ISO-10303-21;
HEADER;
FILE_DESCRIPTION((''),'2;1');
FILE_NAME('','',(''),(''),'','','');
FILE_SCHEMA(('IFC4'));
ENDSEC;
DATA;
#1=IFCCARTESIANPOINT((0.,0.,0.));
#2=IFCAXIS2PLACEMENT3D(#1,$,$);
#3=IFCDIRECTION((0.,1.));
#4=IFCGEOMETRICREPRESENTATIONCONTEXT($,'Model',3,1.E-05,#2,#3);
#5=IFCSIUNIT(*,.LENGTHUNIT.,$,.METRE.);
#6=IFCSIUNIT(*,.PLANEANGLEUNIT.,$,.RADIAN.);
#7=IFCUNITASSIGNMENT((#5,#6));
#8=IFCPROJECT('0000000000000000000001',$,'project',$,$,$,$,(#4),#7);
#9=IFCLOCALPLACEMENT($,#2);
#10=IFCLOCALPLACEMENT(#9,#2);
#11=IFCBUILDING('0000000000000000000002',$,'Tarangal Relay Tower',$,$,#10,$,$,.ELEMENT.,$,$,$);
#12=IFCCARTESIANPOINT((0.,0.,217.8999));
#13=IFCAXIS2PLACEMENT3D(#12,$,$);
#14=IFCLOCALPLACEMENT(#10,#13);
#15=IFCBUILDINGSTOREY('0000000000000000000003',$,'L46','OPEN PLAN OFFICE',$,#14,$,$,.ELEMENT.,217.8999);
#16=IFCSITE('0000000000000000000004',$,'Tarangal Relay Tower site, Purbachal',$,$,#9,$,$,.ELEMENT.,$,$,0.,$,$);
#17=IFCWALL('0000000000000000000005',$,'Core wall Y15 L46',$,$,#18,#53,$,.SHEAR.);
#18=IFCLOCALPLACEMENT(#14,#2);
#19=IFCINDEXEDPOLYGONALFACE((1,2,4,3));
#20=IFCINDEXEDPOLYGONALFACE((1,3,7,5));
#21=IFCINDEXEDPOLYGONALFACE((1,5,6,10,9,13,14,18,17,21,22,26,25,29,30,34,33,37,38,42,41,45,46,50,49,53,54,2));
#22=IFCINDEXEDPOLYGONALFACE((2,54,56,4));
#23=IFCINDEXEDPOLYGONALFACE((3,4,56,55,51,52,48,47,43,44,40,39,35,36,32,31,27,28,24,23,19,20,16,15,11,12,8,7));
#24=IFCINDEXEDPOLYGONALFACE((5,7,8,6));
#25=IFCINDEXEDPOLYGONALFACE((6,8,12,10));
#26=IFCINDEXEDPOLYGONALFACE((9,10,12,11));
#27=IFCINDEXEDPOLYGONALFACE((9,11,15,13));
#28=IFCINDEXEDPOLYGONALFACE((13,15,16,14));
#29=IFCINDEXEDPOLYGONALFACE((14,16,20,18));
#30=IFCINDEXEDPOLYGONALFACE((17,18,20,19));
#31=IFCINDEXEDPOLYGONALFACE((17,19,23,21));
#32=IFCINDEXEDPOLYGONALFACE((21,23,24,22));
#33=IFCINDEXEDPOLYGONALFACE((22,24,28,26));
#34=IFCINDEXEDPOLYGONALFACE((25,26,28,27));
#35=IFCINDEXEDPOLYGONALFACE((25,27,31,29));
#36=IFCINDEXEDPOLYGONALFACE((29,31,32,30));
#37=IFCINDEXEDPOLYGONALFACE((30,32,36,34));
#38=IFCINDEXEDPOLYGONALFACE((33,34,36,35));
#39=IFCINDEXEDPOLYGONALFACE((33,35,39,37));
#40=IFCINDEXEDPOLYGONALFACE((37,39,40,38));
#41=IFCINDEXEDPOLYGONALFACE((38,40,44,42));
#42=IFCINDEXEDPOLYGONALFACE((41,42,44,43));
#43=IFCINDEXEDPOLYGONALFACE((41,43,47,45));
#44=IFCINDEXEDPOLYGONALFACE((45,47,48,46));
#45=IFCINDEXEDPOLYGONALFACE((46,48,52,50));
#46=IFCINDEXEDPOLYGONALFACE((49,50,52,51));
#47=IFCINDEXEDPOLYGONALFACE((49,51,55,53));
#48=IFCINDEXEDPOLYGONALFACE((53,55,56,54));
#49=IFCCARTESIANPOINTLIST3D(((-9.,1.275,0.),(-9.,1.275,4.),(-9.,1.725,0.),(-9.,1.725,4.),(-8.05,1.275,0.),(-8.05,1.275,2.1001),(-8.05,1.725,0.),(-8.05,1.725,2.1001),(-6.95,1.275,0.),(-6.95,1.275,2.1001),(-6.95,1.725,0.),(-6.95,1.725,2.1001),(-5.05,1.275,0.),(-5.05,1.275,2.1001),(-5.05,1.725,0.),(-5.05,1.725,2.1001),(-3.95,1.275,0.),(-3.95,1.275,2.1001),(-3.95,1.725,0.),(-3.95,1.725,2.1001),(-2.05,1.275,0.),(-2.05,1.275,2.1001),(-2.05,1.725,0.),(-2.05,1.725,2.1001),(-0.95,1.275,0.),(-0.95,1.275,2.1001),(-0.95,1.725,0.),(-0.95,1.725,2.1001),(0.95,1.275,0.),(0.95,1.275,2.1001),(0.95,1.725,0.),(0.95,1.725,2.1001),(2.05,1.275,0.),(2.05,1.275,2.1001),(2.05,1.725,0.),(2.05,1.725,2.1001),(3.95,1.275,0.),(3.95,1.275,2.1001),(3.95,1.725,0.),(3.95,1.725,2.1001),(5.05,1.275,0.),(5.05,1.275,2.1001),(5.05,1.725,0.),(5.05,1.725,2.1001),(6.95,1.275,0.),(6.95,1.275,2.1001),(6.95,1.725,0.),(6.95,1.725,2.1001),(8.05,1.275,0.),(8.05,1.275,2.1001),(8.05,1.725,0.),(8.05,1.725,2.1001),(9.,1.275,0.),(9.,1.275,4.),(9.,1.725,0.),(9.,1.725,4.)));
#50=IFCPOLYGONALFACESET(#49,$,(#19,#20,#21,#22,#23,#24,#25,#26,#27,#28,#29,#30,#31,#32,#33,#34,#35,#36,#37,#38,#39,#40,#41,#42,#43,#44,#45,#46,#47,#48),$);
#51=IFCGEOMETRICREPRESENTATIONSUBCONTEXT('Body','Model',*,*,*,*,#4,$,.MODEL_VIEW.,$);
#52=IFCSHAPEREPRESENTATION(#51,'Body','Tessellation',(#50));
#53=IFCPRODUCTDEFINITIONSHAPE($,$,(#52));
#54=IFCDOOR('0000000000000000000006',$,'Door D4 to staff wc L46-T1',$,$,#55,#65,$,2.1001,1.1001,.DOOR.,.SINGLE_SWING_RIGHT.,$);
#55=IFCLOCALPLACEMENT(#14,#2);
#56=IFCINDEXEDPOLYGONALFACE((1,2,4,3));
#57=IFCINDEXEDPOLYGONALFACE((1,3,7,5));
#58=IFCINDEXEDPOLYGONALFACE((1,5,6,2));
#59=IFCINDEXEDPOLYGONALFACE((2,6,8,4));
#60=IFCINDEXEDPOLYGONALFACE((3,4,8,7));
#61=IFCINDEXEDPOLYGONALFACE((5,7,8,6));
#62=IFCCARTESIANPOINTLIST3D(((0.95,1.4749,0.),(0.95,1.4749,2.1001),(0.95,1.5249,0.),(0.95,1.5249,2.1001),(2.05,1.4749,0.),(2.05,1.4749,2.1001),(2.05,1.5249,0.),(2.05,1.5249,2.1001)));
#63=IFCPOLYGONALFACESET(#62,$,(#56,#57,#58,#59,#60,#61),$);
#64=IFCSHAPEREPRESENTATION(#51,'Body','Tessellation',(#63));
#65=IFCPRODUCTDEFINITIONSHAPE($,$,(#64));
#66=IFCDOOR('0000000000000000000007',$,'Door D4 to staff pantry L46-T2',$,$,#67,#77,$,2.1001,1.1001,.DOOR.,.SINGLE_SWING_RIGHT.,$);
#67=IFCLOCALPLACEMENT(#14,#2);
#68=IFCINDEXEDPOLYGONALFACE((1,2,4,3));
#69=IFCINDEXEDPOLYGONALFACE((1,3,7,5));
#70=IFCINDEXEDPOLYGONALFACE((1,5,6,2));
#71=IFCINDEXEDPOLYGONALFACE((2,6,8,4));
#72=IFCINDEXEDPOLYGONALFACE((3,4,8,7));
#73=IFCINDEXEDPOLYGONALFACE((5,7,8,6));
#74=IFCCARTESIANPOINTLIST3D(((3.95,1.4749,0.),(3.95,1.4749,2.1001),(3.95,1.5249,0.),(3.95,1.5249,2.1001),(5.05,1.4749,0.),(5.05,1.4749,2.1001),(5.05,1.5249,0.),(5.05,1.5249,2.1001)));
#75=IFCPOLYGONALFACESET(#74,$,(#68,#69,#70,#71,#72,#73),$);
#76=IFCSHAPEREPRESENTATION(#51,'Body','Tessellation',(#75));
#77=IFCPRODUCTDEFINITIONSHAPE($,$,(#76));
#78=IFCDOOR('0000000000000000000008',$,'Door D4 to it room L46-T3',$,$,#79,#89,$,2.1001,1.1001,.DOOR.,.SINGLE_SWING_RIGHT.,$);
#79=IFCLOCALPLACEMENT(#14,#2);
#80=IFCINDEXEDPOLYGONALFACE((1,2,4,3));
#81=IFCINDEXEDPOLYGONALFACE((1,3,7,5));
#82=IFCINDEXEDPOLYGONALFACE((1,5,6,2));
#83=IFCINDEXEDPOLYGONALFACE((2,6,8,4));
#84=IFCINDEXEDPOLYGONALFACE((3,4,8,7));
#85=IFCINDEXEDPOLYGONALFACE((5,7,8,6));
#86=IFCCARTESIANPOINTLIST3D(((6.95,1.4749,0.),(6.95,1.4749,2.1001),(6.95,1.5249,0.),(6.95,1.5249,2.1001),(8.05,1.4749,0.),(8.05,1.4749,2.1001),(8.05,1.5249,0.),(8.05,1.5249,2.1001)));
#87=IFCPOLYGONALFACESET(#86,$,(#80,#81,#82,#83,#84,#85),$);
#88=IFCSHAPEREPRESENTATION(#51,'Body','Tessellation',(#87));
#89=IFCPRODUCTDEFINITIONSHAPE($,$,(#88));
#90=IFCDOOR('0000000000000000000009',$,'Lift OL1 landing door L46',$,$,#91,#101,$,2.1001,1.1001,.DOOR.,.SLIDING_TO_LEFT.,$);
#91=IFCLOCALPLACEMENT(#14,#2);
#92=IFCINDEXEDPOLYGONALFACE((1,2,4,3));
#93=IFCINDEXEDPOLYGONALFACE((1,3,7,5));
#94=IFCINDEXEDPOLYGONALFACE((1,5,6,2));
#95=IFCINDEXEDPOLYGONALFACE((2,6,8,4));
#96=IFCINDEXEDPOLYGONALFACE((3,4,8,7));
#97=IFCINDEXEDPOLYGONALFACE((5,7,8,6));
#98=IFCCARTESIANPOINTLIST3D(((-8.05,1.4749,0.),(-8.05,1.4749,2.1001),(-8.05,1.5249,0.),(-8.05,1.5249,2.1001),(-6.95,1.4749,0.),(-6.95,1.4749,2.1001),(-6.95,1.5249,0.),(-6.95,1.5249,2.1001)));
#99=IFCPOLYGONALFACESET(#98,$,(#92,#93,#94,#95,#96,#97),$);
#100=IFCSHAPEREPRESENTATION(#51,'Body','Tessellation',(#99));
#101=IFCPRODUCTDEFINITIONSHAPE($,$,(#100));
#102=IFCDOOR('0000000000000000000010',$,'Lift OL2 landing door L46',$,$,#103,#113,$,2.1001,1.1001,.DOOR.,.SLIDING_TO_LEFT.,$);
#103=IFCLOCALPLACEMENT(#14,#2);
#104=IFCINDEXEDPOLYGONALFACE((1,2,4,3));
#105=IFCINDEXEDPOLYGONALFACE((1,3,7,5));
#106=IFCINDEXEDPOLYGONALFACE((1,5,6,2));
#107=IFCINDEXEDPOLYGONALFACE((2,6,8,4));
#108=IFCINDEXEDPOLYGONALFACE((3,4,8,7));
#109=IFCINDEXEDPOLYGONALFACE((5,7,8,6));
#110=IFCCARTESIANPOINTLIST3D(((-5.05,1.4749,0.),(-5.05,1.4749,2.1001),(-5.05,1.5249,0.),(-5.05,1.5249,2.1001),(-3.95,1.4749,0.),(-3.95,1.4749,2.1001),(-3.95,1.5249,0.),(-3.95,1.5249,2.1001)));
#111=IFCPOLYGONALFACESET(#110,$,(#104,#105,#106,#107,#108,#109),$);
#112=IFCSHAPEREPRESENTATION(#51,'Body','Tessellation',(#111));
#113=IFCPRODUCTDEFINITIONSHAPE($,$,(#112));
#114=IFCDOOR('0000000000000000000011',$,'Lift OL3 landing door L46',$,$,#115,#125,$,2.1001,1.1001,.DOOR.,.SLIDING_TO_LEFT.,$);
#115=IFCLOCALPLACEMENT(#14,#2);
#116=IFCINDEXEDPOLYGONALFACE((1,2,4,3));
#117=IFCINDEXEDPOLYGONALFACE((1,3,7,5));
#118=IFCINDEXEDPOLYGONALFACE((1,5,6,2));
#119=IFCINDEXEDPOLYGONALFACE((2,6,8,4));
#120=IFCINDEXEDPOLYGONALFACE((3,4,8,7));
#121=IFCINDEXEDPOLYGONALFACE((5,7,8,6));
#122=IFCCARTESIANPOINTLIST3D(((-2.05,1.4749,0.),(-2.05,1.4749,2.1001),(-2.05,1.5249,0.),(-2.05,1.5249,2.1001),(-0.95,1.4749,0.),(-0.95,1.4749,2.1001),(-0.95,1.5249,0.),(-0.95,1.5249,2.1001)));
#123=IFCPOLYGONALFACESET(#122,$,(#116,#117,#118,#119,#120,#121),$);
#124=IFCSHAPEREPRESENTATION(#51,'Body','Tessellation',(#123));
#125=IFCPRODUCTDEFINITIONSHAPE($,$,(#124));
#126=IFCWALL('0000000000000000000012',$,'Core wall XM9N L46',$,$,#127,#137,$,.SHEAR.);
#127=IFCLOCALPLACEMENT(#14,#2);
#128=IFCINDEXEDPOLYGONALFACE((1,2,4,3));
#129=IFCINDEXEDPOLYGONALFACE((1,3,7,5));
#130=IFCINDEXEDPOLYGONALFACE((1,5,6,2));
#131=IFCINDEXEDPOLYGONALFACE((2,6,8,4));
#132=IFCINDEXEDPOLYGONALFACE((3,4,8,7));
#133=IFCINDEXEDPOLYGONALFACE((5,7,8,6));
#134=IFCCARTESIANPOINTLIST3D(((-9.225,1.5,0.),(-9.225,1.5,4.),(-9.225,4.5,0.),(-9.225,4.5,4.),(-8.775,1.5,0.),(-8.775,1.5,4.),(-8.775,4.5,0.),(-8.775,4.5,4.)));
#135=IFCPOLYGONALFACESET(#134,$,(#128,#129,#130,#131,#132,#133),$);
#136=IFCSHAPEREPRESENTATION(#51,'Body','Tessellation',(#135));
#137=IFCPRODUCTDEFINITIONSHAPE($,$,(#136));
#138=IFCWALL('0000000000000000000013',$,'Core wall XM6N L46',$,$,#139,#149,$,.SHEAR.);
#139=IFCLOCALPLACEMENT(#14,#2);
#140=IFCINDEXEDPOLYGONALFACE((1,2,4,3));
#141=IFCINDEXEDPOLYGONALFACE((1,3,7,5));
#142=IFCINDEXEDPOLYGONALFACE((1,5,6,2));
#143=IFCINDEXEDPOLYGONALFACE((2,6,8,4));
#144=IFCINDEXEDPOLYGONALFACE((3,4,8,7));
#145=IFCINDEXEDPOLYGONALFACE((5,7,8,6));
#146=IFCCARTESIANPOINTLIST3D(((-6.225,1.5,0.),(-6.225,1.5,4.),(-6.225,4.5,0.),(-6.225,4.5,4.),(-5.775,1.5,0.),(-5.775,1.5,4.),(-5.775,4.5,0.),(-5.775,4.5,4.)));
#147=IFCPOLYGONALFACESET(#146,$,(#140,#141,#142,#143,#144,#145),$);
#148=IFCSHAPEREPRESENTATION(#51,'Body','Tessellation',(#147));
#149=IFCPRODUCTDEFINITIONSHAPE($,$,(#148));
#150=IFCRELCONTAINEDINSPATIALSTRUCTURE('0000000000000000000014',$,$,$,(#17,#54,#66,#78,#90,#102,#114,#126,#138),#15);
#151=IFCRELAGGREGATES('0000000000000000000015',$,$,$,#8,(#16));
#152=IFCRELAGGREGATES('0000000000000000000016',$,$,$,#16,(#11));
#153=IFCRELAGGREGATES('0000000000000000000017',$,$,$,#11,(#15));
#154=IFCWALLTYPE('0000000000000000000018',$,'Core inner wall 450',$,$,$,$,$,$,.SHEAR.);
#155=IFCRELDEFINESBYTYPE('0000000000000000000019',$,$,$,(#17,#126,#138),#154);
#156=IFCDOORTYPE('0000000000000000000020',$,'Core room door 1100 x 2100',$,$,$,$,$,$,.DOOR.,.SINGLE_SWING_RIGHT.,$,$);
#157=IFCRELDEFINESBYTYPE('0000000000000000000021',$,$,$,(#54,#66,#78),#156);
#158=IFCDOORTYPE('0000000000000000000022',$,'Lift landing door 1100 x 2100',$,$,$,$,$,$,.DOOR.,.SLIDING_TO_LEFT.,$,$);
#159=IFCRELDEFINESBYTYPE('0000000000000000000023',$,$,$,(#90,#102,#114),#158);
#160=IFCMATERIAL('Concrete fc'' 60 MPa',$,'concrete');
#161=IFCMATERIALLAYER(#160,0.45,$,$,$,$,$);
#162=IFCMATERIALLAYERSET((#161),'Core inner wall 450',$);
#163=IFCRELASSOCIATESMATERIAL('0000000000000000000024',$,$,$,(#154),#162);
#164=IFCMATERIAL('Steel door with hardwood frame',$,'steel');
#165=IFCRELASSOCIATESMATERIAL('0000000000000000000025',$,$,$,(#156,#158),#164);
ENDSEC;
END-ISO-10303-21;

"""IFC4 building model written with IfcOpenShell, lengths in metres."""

from ifc_helpers import new_model, si_unit, direction, frame, frame_2d, origin, place, context, subcontext, project, spatial, rectangle, extrude, material, layer, layer_set, type_object, element, fill, save


model = new_model("IFC4")

# Units and contexts
model_context = context("Model", 3, precision=1e-05, world=origin(), true_north=direction((0.0, 1.0)))
body_context = subcontext(model_context, "Body", "Model", "MODEL_VIEW")
ifc_project = project(units=[si_unit("LENGTHUNIT", "METRE"), si_unit("PLANEANGLEUNIT", "RADIAN")], contexts=[model_context])

# Site, building, storey
site_placement = place(None, origin())
site = spatial("IfcSite", under=ifc_project, at=site_placement, Name="Tarangal Relay Tower site, Purbachal", CompositionType="ELEMENT", RefElevation=0.0)
building_placement = place(site_placement, origin())
building = spatial("IfcBuilding", under=site, at=building_placement, Name="Tarangal Relay Tower", CompositionType="ELEMENT")
storey_placement = place(building_placement, frame((0.0, 0.0, 217.8999)))
storey = spatial("IfcBuildingStorey", under=building, at=storey_placement, Name="L46", Description="OPEN PLAN OFFICE", CompositionType="ELEMENT", Elevation=217.8999)

# Wall, openings, doors
ifc_material_1 = material(Name="Concrete fc' 60 MPa", Category="concrete")
ifc_layer = layer(ifc_material_1, 0.45)
ifc_layer_set = layer_set([ifc_layer], Name="Core inner wall 450")
wall_type = type_object("IfcWallType", Name="Core inner wall 450", PredefinedType="SHEAR", material=ifc_layer_set)
ifc_material_2 = material(Name="Steel door with hardwood frame", Category="steel")
wall_1_placement = place(storey_placement, frame((-9.0, 1.5, 0.0), z_axis=(0.0, 0.0, 1.0), x_axis=(1.0, 0.0, 0.0)))
wall_1 = element("IfcWall", 1, at=wall_1_placement, inside=storey, type_object=wall_type, Name="Core wall Y15 L46", PredefinedType="SHEAR", context=body_context, shape_type="SweptSolid", body=[
    extrude(rectangle(XDim=18.0, YDim=0.45, at=frame_2d((9.0, 0.0))), origin(), (0.0, 0.0, 1.0), 4.0),
])
opening_1_placement = place(wall_1_placement, frame((0.95, 0.0, 0.0)))
opening_1 = element("IfcOpeningElement", 2, at=opening_1_placement, cuts=wall_1, PredefinedType="OPENING", context=body_context, shape_type="SweptSolid", body=[
    extrude(rectangle(XDim=1.1001, YDim=2.1001, at=frame_2d((0.55, 1.05))), frame((0.0, 0.2349, 0.0), z_axis=(0.0, -1.0, 0.0), x_axis=(1.0, 0.0, 0.0)), (0.0, 0.0, 1.0), 0.47),
])
opening_2_placement = place(wall_1_placement, frame((3.95, 0.0, 0.0)))
opening_2 = element("IfcOpeningElement", 3, at=opening_2_placement, cuts=wall_1, PredefinedType="OPENING", context=body_context, shape_type="SweptSolid", body=[
    extrude(rectangle(XDim=1.1001, YDim=2.1001, at=frame_2d((0.55, 1.05))), frame((0.0, 0.2349, 0.0), z_axis=(0.0, -1.0, 0.0), x_axis=(1.0, 0.0, 0.0)), (0.0, 0.0, 1.0), 0.47),
])
opening_3_placement = place(wall_1_placement, frame((6.95, 0.0, 0.0)))
opening_3 = element("IfcOpeningElement", 4, at=opening_3_placement, cuts=wall_1, PredefinedType="OPENING", context=body_context, shape_type="SweptSolid", body=[
    extrude(rectangle(XDim=1.1001, YDim=2.1001, at=frame_2d((0.55, 1.05))), frame((0.0, 0.2349, 0.0), z_axis=(0.0, -1.0, 0.0), x_axis=(1.0, 0.0, 0.0)), (0.0, 0.0, 1.0), 0.47),
])
opening_4_placement = place(wall_1_placement, frame((9.95, 0.0, 0.0)))
opening_4 = element("IfcOpeningElement", 5, at=opening_4_placement, cuts=wall_1, PredefinedType="OPENING", context=body_context, shape_type="SweptSolid", body=[
    extrude(rectangle(XDim=1.1001, YDim=2.1001, at=frame_2d((0.55, 1.05))), frame((0.0, 0.2349, 0.0), z_axis=(0.0, -1.0, 0.0), x_axis=(1.0, 0.0, 0.0)), (0.0, 0.0, 1.0), 0.47),
])
opening_5_placement = place(wall_1_placement, frame((12.95, 0.0, 0.0)))
opening_5 = element("IfcOpeningElement", 6, at=opening_5_placement, cuts=wall_1, PredefinedType="OPENING", context=body_context, shape_type="SweptSolid", body=[
    extrude(rectangle(XDim=1.1001, YDim=2.1001, at=frame_2d((0.55, 1.05))), frame((0.0, 0.2349, 0.0), z_axis=(0.0, -1.0, 0.0), x_axis=(1.0, 0.0, 0.0)), (0.0, 0.0, 1.0), 0.47),
])
opening_6_placement = place(wall_1_placement, frame((15.95, 0.0, 0.0)))
opening_6 = element("IfcOpeningElement", 7, at=opening_6_placement, cuts=wall_1, PredefinedType="OPENING", context=body_context, shape_type="SweptSolid", body=[
    extrude(rectangle(XDim=1.1001, YDim=2.1001, at=frame_2d((0.55, 1.05))), frame((0.0, 0.2349, 0.0), z_axis=(0.0, -1.0, 0.0), x_axis=(1.0, 0.0, 0.0)), (0.0, 0.0, 1.0), 0.47),
])
door_type_1 = type_object("IfcDoorType", Name="Core room door 1100 x 2100", OperationType="SINGLE_SWING_RIGHT", PredefinedType="DOOR", material=ifc_material_2)
door_1_placement = place(opening_4_placement, origin())
door_1 = element("IfcDoor", 8, at=door_1_placement, inside=storey, type_object=door_type_1, Name="Door D4 to staff wc L46-T1", OperationType="SINGLE_SWING_RIGHT", OverallHeight=2.1001, OverallWidth=1.1001, PredefinedType="DOOR", context=body_context, shape_type="SweptSolid", body=[
    extrude(rectangle(XDim=1.1001, YDim=2.1001, at=frame_2d((0.55, 1.05))), frame((0.0, 0.0249, 0.0), z_axis=(0.0, -1.0, 0.0), x_axis=(1.0, 0.0, 0.0)), (0.0, 0.0, 1.0), 0.05),
])
fill(opening_4, door_1)
door_2_placement = place(opening_5_placement, origin())
door_2 = element("IfcDoor", 9, at=door_2_placement, inside=storey, type_object=door_type_1, Name="Door D4 to staff pantry L46-T2", OperationType="SINGLE_SWING_RIGHT", OverallHeight=2.1001, OverallWidth=1.1001, PredefinedType="DOOR", context=body_context, shape_type="SweptSolid", body=[
    extrude(rectangle(XDim=1.1001, YDim=2.1001, at=frame_2d((0.55, 1.05))), frame((0.0, 0.0249, 0.0), z_axis=(0.0, -1.0, 0.0), x_axis=(1.0, 0.0, 0.0)), (0.0, 0.0, 1.0), 0.05),
])
fill(opening_5, door_2)
door_3_placement = place(opening_6_placement, origin())
door_3 = element("IfcDoor", 10, at=door_3_placement, inside=storey, type_object=door_type_1, Name="Door D4 to it room L46-T3", OperationType="SINGLE_SWING_RIGHT", OverallHeight=2.1001, OverallWidth=1.1001, PredefinedType="DOOR", context=body_context, shape_type="SweptSolid", body=[
    extrude(rectangle(XDim=1.1001, YDim=2.1001, at=frame_2d((0.55, 1.05))), frame((0.0, 0.0249, 0.0), z_axis=(0.0, -1.0, 0.0), x_axis=(1.0, 0.0, 0.0)), (0.0, 0.0, 1.0), 0.05),
])
fill(opening_6, door_3)
door_type_2 = type_object("IfcDoorType", Name="Lift landing door 1100 x 2100", OperationType="SLIDING_TO_LEFT", PredefinedType="DOOR", material=ifc_material_2)
door_4_placement = place(opening_1_placement, origin())
door_4 = element("IfcDoor", 11, at=door_4_placement, inside=storey, type_object=door_type_2, Name="Lift OL1 landing door L46", OperationType="SLIDING_TO_LEFT", OverallHeight=2.1001, OverallWidth=1.1001, PredefinedType="DOOR", context=body_context, shape_type="SweptSolid", body=[
    extrude(rectangle(XDim=1.1001, YDim=2.1001, at=frame_2d((0.55, 1.05))), frame((0.0, 0.0249, 0.0), z_axis=(0.0, -1.0, 0.0), x_axis=(1.0, 0.0, 0.0)), (0.0, 0.0, 1.0), 0.05),
])
fill(opening_1, door_4)
door_5_placement = place(opening_2_placement, origin())
door_5 = element("IfcDoor", 12, at=door_5_placement, inside=storey, type_object=door_type_2, Name="Lift OL2 landing door L46", OperationType="SLIDING_TO_LEFT", OverallHeight=2.1001, OverallWidth=1.1001, PredefinedType="DOOR", context=body_context, shape_type="SweptSolid", body=[
    extrude(rectangle(XDim=1.1001, YDim=2.1001, at=frame_2d((0.55, 1.05))), frame((0.0, 0.0249, 0.0), z_axis=(0.0, -1.0, 0.0), x_axis=(1.0, 0.0, 0.0)), (0.0, 0.0, 1.0), 0.05),
])
fill(opening_2, door_5)
door_6_placement = place(opening_3_placement, origin())
door_6 = element("IfcDoor", 13, at=door_6_placement, inside=storey, type_object=door_type_2, Name="Lift OL3 landing door L46", OperationType="SLIDING_TO_LEFT", OverallHeight=2.1001, OverallWidth=1.1001, PredefinedType="DOOR", context=body_context, shape_type="SweptSolid", body=[
    extrude(rectangle(XDim=1.1001, YDim=2.1001, at=frame_2d((0.55, 1.05))), frame((0.0, 0.0249, 0.0), z_axis=(0.0, -1.0, 0.0), x_axis=(1.0, 0.0, 0.0)), (0.0, 0.0, 1.0), 0.05),
])
fill(opening_3, door_6)

# Walls
for number, where, z_axis, x_axis, name in (
    (14, (-9.0, 1.5, 0.0), (0.0, 0.0, 1.0), (0.0, 1.0, 0.0), "Core wall XM9N L46"),
    (15, (-6.0, 1.5, 0.0), (0.0, 0.0, 1.0), (0.0, 1.0, 0.0), "Core wall XM6N L46"),
):
    element("IfcWall", number, at=place(storey_placement, frame(where, z_axis=z_axis, x_axis=x_axis)), inside=storey, type_object=wall_type, Name=name, PredefinedType="SHEAR", context=body_context, shape_type="SweptSolid", body=[
        extrude(rectangle(XDim=3.0, YDim=0.45, at=frame_2d((1.5, 0.0))), origin(), (0.0, 0.0, 1.0), 4.0),
    ])

save(model, "model.ifc")
